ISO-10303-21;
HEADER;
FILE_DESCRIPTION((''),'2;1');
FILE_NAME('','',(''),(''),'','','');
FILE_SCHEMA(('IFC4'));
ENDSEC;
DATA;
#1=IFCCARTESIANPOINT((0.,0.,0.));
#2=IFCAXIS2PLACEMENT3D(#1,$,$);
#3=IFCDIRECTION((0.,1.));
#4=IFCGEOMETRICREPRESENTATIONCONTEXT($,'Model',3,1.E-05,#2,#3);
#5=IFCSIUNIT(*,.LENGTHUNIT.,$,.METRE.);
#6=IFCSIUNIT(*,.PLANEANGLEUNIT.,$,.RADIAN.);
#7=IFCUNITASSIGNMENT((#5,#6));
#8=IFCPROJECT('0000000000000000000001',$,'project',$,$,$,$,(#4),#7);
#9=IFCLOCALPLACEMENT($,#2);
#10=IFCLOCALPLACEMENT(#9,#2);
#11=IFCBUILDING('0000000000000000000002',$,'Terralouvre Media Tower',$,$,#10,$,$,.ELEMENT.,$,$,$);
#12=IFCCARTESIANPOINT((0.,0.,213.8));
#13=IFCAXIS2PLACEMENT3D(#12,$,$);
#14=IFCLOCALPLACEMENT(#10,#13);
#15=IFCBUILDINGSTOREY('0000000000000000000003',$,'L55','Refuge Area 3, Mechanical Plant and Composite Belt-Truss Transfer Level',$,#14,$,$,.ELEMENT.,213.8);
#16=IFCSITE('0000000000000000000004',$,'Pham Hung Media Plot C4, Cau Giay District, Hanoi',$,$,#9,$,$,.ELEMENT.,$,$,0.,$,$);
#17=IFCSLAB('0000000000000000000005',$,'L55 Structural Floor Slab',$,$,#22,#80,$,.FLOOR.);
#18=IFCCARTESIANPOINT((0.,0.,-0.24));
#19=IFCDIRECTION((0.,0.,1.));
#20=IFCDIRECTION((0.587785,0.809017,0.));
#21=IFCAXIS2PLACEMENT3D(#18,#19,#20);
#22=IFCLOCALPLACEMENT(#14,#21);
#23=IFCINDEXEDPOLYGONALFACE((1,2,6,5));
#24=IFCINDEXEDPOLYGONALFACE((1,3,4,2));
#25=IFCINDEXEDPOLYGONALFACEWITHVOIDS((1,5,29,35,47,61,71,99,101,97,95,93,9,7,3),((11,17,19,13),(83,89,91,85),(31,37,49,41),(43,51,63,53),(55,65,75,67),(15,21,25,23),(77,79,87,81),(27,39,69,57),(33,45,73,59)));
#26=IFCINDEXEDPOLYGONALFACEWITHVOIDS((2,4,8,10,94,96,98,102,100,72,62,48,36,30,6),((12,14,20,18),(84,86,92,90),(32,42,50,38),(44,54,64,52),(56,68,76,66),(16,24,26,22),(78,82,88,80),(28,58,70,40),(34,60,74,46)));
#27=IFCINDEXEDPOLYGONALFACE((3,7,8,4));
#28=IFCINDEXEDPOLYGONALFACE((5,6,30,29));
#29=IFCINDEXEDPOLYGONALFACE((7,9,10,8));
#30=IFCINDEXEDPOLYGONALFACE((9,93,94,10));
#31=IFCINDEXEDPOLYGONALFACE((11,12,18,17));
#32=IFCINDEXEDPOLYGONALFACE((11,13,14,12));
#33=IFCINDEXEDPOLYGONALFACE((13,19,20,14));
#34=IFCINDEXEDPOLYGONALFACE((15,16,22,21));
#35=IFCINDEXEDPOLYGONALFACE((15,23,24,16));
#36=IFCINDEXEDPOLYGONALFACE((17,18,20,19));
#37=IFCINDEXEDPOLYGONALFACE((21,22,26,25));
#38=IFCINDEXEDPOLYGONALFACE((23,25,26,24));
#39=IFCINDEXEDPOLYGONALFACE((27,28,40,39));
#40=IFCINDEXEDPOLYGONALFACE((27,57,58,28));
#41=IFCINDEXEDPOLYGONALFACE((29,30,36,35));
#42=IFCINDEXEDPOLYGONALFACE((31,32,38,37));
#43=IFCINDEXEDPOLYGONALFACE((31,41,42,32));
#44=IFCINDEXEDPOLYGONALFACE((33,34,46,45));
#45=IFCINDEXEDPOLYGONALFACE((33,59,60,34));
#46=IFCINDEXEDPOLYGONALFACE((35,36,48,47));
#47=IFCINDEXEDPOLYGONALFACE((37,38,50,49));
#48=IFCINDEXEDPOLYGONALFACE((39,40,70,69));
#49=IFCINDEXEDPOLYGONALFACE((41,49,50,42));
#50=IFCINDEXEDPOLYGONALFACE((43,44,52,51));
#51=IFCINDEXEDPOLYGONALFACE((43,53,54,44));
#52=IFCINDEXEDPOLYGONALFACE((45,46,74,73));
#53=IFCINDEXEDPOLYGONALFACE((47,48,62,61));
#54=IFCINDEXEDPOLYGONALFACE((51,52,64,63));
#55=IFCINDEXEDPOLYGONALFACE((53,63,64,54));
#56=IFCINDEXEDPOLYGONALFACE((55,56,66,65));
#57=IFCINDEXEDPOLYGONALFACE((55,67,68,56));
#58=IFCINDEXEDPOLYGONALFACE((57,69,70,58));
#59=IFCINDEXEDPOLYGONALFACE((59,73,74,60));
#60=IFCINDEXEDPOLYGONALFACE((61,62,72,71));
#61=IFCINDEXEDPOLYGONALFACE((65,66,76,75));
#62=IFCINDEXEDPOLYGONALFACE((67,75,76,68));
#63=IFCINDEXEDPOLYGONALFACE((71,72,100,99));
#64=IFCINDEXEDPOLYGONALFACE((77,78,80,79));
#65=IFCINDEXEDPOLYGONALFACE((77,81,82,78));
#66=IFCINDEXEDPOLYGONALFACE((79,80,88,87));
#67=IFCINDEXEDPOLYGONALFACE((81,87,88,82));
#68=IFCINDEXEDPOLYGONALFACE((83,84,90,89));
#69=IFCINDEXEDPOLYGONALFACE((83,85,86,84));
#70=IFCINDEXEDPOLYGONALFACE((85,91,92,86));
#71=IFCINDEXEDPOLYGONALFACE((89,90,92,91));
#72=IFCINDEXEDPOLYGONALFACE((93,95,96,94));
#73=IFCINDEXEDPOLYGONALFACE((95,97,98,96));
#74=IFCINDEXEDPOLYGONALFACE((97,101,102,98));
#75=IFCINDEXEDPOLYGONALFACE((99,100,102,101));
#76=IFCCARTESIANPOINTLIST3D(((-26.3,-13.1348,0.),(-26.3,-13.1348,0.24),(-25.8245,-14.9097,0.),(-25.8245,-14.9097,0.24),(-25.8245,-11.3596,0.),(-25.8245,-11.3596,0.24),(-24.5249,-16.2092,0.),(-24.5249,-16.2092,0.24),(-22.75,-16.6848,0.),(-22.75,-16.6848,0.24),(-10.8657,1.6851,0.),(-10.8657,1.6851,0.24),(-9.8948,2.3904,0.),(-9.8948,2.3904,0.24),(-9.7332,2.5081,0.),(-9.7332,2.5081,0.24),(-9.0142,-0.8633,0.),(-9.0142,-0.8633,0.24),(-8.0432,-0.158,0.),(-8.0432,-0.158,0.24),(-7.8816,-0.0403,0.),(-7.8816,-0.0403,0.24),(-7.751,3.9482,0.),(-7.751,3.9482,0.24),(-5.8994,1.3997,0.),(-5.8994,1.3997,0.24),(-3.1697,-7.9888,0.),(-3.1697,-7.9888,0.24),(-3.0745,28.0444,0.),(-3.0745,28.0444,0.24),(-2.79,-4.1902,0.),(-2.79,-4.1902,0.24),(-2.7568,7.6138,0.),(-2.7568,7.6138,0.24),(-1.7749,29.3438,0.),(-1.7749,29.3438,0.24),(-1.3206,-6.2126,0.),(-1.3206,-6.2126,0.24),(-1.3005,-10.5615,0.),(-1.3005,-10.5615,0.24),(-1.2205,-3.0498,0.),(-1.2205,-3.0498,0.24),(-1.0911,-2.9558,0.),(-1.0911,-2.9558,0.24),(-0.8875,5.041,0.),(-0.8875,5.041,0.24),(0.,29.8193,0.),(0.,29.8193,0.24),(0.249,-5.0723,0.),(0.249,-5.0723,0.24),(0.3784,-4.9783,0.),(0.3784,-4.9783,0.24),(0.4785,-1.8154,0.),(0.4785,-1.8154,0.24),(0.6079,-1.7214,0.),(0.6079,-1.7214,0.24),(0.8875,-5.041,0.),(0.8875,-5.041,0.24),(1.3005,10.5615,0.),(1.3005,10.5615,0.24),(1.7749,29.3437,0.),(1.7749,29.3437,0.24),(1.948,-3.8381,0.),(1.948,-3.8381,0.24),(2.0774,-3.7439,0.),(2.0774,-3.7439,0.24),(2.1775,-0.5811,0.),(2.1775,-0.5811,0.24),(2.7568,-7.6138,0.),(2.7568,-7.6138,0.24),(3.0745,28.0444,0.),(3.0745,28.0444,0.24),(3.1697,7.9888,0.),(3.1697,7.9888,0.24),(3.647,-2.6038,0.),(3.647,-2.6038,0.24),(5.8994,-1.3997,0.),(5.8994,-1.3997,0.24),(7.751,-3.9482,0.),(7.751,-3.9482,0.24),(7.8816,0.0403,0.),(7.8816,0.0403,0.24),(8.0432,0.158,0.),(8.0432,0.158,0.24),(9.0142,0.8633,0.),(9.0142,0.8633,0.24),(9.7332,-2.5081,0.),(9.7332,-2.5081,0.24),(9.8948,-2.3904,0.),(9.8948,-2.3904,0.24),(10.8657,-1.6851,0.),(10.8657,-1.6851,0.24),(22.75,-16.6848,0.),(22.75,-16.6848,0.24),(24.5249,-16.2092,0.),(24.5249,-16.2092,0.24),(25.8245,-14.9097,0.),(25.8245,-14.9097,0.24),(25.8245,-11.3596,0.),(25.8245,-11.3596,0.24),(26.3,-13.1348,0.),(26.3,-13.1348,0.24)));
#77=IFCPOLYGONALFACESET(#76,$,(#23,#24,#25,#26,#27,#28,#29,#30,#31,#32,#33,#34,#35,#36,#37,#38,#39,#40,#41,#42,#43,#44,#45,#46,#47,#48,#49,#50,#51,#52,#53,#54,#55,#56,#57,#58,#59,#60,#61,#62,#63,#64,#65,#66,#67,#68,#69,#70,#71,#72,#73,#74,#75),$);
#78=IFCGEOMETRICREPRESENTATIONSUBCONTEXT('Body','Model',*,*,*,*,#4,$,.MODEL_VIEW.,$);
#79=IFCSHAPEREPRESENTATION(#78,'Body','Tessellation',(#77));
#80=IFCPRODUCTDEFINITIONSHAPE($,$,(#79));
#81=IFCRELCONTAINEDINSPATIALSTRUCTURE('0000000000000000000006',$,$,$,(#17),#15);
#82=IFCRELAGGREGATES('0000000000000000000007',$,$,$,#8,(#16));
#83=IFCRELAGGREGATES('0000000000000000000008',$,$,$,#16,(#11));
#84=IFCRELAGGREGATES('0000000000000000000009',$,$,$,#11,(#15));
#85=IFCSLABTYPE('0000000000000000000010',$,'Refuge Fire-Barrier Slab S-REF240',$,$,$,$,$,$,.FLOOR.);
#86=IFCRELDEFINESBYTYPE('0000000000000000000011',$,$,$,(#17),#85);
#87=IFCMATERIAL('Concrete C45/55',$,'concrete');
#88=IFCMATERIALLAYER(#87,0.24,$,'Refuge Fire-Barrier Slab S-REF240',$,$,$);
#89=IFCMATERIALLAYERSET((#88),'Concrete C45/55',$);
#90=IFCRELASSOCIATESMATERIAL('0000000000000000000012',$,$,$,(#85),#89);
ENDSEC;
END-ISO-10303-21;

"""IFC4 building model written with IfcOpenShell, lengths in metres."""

from ifc_helpers import new_model, si_unit, direction, frame, origin, place, context, subcontext, project, spatial, polyline, outline, extrude, material, layer, layer_set, type_object, element, save


model = new_model("IFC4")

# Units and contexts
model_context = context("Model", 3, precision=1e-05, world=origin(), true_north=direction((0.0, 1.0)))
body_context = subcontext(model_context, "Body", "Model", "MODEL_VIEW")
ifc_project = project(units=[si_unit("LENGTHUNIT", "METRE"), si_unit("PLANEANGLEUNIT", "RADIAN")], contexts=[model_context])

# Site, building, storey
site_placement = place(None, origin())
site = spatial("IfcSite", under=ifc_project, at=site_placement, Name="Pham Hung Media Plot C4, Cau Giay District, Hanoi", CompositionType="ELEMENT", RefElevation=0.0)
building_placement = place(site_placement, origin())
building = spatial("IfcBuilding", under=site, at=building_placement, Name="Terralouvre Media Tower", CompositionType="ELEMENT")
storey_placement = place(building_placement, frame((0.0, 0.0, 213.8)))
storey = spatial("IfcBuildingStorey", under=building, at=storey_placement, Name="L55", Description="Refuge Area 3, Mechanical Plant and Composite Belt-Truss Transfer Level", CompositionType="ELEMENT", Elevation=213.8)

# Slab
ifc_material_1 = material(Name="Concrete C45/55", Category="concrete")
ifc_layer_1 = layer(ifc_material_1, 0.24, Name="Refuge Fire-Barrier Slab S-REF240")
ifc_layer_set_1 = layer_set([ifc_layer_1], Name="Concrete C45/55")
slab_type = type_object("IfcSlabType", Name="Refuge Fire-Barrier Slab S-REF240", PredefinedType="FLOOR", material=ifc_layer_set_1)
slab_placement = place(storey_placement, frame((0.0, 0.0, -0.24), z_axis=(0.0, 0.0, 1.0), x_axis=(0.587785, 0.809017, 0.0)))
element("IfcSlab", 1, at=slab_placement, inside=storey, type_object=slab_type, Name="L55 Structural Floor Slab", PredefinedType="FLOOR", context=body_context, shape_type="SweptSolid", body=[
    extrude(outline(polyline([(-25.8245, -11.3596), (-26.3, -13.1348), (-25.8245, -14.9097), (-24.5249, -16.2092), (-22.75, -16.6848), (22.75, -16.6848), (24.5249, -16.2092), (25.8245, -14.9097), (26.3, -13.1348), (25.8245, -11.3596), (3.0745, 28.0444), (1.7749, 29.3438), (0.0, 29.8193), (-1.7749, 29.3438), (-3.0745, 28.0444), (-25.8245, -11.3596)]), holes=[polyline([(-8.0432, -0.158), (-9.0142, -0.8633), (-10.8657, 1.6851), (-9.8948, 2.3904), (-8.0432, -0.158)]), polyline([(-5.8994, 1.3997), (-7.8816, -0.0403), (-9.7332, 2.5081), (-7.751, 3.9482), (-5.8994, 1.3997)]), polyline([(-3.1697, -7.9888), (0.8875, -5.041), (2.7568, -7.6138), (-1.3005, -10.5615), (-3.1697, -7.9888)]), polyline([(0.249, -5.0723), (-1.3206, -6.2126), (-2.79, -4.1902), (-1.2205, -3.0498), (0.249, -5.0723)]), polyline([(1.948, -3.8381), (0.3784, -4.9783), (-1.0911, -2.9558), (0.4785, -1.8154), (1.948, -3.8381)]), polyline([(3.647, -2.6038), (2.0774, -3.7439), (0.6079, -1.7214), (2.1775, -0.5811), (3.647, -2.6038)]), polyline([(3.1697, 7.9888), (-0.8875, 5.041), (-2.7568, 7.6138), (1.3005, 10.5615), (3.1697, 7.9888)]), polyline([(7.751, -3.9482), (5.8994, -1.3997), (7.8816, 0.0403), (9.7332, -2.5081), (7.751, -3.9482)]), polyline([(9.8948, -2.3904), (8.0432, 0.158), (9.0142, 0.8633), (10.8657, -1.6851), (9.8948, -2.3904)])]), origin(), (0.0, 0.0, 1.0), 0.24),
])

save(model, "model.ifc")
